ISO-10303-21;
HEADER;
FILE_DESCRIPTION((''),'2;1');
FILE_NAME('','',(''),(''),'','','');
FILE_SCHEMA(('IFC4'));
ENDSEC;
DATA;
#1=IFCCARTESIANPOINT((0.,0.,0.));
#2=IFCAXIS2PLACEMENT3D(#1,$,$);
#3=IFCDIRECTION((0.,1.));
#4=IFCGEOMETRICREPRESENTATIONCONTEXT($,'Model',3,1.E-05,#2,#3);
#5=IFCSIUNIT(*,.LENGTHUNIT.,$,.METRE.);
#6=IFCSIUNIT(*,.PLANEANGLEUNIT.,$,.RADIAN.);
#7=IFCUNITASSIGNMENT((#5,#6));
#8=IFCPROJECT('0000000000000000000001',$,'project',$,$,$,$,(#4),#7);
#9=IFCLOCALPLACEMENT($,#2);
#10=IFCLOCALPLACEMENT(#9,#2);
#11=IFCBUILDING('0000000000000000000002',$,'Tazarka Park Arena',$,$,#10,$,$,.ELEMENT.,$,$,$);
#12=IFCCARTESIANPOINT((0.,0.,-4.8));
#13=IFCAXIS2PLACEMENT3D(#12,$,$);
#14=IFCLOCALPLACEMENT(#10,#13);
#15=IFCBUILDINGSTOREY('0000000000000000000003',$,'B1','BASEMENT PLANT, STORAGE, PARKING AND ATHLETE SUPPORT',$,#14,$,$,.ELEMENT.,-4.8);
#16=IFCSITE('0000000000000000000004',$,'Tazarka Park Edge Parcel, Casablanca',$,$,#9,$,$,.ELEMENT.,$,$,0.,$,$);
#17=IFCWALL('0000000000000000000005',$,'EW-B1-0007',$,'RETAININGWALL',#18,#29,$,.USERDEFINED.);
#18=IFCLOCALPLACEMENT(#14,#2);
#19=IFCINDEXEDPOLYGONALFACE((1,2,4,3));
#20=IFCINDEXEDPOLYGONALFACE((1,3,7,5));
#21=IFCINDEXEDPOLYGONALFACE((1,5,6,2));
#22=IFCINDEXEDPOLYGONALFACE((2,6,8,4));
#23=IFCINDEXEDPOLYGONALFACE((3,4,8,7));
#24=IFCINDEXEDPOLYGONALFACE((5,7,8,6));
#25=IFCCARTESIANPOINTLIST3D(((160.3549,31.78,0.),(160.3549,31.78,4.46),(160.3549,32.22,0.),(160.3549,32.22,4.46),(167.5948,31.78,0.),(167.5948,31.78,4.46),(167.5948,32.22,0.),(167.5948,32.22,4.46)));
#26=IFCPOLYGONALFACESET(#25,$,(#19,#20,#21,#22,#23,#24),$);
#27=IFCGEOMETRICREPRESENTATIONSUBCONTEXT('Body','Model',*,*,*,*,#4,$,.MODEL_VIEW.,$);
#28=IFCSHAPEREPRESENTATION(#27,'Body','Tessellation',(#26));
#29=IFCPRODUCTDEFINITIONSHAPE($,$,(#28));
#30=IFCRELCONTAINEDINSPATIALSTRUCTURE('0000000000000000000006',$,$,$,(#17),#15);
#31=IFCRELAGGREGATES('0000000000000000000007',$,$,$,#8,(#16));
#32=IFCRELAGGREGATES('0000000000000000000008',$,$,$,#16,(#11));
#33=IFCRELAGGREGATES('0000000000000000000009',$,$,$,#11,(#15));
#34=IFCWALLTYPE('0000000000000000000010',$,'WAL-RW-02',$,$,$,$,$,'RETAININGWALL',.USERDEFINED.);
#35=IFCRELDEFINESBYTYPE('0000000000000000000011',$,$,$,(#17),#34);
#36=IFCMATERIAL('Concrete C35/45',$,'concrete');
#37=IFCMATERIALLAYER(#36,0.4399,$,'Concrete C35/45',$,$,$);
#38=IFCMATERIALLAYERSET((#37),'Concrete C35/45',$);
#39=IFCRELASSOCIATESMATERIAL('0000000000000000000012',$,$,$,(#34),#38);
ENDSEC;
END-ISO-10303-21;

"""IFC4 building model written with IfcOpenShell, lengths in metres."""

from ifc_helpers import new_model, si_unit, direction, frame, frame_2d, origin, place, context, subcontext, project, spatial, rectangle, extrude, material, layer, layer_set, type_object, element, save


model = new_model("IFC4")

# Units and contexts
model_context = context("Model", 3, precision=1e-05, world=origin(), true_north=direction((0.0, 1.0)))
body_context = subcontext(model_context, "Body", "Model", "MODEL_VIEW")
ifc_project = project(units=[si_unit("LENGTHUNIT", "METRE"), si_unit("PLANEANGLEUNIT", "RADIAN")], contexts=[model_context])

# Site, building, storey
site_placement = place(None, origin())
site = spatial("IfcSite", under=ifc_project, at=site_placement, Name="Tazarka Park Edge Parcel, Casablanca", CompositionType="ELEMENT", RefElevation=0.0)
building_placement = place(site_placement, origin())
building = spatial("IfcBuilding", under=site, at=building_placement, Name="Tazarka Park Arena", CompositionType="ELEMENT")
storey_placement = place(building_placement, frame((0.0, 0.0, -4.8)))
storey = spatial("IfcBuildingStorey", under=building, at=storey_placement, Name="B1", Description="BASEMENT PLANT, STORAGE, PARKING AND ATHLETE SUPPORT", CompositionType="ELEMENT", Elevation=-4.8)

# Wall
ifc_material_1 = material(Name="Concrete C35/45", Category="concrete")
ifc_layer_1 = layer(ifc_material_1, 0.4399, Name="Concrete C35/45")
ifc_layer_set_1 = layer_set([ifc_layer_1], Name="Concrete C35/45")
wall_type_1 = type_object("IfcWallType", Name="WAL-RW-02", ElementType="RETAININGWALL", PredefinedType="USERDEFINED", material=ifc_layer_set_1)
wall_1_placement = place(storey_placement, frame((167.595, 32.0, 0.0), z_axis=(0.0, 0.0, 1.0), x_axis=(-1.0, 0.0, 0.0)))
element("IfcWall", 1, at=wall_1_placement, inside=storey, type_object=wall_type_1, Name="EW-B1-0007", ObjectType="RETAININGWALL", PredefinedType="USERDEFINED", context=body_context, shape_type="SweptSolid", body=[
    extrude(rectangle(XDim=7.24, YDim=0.4399, at=frame_2d((3.6201, 0.0))), origin(), (0.0, 0.0, 1.0), 4.46),
])

save(model, "model.ifc")
